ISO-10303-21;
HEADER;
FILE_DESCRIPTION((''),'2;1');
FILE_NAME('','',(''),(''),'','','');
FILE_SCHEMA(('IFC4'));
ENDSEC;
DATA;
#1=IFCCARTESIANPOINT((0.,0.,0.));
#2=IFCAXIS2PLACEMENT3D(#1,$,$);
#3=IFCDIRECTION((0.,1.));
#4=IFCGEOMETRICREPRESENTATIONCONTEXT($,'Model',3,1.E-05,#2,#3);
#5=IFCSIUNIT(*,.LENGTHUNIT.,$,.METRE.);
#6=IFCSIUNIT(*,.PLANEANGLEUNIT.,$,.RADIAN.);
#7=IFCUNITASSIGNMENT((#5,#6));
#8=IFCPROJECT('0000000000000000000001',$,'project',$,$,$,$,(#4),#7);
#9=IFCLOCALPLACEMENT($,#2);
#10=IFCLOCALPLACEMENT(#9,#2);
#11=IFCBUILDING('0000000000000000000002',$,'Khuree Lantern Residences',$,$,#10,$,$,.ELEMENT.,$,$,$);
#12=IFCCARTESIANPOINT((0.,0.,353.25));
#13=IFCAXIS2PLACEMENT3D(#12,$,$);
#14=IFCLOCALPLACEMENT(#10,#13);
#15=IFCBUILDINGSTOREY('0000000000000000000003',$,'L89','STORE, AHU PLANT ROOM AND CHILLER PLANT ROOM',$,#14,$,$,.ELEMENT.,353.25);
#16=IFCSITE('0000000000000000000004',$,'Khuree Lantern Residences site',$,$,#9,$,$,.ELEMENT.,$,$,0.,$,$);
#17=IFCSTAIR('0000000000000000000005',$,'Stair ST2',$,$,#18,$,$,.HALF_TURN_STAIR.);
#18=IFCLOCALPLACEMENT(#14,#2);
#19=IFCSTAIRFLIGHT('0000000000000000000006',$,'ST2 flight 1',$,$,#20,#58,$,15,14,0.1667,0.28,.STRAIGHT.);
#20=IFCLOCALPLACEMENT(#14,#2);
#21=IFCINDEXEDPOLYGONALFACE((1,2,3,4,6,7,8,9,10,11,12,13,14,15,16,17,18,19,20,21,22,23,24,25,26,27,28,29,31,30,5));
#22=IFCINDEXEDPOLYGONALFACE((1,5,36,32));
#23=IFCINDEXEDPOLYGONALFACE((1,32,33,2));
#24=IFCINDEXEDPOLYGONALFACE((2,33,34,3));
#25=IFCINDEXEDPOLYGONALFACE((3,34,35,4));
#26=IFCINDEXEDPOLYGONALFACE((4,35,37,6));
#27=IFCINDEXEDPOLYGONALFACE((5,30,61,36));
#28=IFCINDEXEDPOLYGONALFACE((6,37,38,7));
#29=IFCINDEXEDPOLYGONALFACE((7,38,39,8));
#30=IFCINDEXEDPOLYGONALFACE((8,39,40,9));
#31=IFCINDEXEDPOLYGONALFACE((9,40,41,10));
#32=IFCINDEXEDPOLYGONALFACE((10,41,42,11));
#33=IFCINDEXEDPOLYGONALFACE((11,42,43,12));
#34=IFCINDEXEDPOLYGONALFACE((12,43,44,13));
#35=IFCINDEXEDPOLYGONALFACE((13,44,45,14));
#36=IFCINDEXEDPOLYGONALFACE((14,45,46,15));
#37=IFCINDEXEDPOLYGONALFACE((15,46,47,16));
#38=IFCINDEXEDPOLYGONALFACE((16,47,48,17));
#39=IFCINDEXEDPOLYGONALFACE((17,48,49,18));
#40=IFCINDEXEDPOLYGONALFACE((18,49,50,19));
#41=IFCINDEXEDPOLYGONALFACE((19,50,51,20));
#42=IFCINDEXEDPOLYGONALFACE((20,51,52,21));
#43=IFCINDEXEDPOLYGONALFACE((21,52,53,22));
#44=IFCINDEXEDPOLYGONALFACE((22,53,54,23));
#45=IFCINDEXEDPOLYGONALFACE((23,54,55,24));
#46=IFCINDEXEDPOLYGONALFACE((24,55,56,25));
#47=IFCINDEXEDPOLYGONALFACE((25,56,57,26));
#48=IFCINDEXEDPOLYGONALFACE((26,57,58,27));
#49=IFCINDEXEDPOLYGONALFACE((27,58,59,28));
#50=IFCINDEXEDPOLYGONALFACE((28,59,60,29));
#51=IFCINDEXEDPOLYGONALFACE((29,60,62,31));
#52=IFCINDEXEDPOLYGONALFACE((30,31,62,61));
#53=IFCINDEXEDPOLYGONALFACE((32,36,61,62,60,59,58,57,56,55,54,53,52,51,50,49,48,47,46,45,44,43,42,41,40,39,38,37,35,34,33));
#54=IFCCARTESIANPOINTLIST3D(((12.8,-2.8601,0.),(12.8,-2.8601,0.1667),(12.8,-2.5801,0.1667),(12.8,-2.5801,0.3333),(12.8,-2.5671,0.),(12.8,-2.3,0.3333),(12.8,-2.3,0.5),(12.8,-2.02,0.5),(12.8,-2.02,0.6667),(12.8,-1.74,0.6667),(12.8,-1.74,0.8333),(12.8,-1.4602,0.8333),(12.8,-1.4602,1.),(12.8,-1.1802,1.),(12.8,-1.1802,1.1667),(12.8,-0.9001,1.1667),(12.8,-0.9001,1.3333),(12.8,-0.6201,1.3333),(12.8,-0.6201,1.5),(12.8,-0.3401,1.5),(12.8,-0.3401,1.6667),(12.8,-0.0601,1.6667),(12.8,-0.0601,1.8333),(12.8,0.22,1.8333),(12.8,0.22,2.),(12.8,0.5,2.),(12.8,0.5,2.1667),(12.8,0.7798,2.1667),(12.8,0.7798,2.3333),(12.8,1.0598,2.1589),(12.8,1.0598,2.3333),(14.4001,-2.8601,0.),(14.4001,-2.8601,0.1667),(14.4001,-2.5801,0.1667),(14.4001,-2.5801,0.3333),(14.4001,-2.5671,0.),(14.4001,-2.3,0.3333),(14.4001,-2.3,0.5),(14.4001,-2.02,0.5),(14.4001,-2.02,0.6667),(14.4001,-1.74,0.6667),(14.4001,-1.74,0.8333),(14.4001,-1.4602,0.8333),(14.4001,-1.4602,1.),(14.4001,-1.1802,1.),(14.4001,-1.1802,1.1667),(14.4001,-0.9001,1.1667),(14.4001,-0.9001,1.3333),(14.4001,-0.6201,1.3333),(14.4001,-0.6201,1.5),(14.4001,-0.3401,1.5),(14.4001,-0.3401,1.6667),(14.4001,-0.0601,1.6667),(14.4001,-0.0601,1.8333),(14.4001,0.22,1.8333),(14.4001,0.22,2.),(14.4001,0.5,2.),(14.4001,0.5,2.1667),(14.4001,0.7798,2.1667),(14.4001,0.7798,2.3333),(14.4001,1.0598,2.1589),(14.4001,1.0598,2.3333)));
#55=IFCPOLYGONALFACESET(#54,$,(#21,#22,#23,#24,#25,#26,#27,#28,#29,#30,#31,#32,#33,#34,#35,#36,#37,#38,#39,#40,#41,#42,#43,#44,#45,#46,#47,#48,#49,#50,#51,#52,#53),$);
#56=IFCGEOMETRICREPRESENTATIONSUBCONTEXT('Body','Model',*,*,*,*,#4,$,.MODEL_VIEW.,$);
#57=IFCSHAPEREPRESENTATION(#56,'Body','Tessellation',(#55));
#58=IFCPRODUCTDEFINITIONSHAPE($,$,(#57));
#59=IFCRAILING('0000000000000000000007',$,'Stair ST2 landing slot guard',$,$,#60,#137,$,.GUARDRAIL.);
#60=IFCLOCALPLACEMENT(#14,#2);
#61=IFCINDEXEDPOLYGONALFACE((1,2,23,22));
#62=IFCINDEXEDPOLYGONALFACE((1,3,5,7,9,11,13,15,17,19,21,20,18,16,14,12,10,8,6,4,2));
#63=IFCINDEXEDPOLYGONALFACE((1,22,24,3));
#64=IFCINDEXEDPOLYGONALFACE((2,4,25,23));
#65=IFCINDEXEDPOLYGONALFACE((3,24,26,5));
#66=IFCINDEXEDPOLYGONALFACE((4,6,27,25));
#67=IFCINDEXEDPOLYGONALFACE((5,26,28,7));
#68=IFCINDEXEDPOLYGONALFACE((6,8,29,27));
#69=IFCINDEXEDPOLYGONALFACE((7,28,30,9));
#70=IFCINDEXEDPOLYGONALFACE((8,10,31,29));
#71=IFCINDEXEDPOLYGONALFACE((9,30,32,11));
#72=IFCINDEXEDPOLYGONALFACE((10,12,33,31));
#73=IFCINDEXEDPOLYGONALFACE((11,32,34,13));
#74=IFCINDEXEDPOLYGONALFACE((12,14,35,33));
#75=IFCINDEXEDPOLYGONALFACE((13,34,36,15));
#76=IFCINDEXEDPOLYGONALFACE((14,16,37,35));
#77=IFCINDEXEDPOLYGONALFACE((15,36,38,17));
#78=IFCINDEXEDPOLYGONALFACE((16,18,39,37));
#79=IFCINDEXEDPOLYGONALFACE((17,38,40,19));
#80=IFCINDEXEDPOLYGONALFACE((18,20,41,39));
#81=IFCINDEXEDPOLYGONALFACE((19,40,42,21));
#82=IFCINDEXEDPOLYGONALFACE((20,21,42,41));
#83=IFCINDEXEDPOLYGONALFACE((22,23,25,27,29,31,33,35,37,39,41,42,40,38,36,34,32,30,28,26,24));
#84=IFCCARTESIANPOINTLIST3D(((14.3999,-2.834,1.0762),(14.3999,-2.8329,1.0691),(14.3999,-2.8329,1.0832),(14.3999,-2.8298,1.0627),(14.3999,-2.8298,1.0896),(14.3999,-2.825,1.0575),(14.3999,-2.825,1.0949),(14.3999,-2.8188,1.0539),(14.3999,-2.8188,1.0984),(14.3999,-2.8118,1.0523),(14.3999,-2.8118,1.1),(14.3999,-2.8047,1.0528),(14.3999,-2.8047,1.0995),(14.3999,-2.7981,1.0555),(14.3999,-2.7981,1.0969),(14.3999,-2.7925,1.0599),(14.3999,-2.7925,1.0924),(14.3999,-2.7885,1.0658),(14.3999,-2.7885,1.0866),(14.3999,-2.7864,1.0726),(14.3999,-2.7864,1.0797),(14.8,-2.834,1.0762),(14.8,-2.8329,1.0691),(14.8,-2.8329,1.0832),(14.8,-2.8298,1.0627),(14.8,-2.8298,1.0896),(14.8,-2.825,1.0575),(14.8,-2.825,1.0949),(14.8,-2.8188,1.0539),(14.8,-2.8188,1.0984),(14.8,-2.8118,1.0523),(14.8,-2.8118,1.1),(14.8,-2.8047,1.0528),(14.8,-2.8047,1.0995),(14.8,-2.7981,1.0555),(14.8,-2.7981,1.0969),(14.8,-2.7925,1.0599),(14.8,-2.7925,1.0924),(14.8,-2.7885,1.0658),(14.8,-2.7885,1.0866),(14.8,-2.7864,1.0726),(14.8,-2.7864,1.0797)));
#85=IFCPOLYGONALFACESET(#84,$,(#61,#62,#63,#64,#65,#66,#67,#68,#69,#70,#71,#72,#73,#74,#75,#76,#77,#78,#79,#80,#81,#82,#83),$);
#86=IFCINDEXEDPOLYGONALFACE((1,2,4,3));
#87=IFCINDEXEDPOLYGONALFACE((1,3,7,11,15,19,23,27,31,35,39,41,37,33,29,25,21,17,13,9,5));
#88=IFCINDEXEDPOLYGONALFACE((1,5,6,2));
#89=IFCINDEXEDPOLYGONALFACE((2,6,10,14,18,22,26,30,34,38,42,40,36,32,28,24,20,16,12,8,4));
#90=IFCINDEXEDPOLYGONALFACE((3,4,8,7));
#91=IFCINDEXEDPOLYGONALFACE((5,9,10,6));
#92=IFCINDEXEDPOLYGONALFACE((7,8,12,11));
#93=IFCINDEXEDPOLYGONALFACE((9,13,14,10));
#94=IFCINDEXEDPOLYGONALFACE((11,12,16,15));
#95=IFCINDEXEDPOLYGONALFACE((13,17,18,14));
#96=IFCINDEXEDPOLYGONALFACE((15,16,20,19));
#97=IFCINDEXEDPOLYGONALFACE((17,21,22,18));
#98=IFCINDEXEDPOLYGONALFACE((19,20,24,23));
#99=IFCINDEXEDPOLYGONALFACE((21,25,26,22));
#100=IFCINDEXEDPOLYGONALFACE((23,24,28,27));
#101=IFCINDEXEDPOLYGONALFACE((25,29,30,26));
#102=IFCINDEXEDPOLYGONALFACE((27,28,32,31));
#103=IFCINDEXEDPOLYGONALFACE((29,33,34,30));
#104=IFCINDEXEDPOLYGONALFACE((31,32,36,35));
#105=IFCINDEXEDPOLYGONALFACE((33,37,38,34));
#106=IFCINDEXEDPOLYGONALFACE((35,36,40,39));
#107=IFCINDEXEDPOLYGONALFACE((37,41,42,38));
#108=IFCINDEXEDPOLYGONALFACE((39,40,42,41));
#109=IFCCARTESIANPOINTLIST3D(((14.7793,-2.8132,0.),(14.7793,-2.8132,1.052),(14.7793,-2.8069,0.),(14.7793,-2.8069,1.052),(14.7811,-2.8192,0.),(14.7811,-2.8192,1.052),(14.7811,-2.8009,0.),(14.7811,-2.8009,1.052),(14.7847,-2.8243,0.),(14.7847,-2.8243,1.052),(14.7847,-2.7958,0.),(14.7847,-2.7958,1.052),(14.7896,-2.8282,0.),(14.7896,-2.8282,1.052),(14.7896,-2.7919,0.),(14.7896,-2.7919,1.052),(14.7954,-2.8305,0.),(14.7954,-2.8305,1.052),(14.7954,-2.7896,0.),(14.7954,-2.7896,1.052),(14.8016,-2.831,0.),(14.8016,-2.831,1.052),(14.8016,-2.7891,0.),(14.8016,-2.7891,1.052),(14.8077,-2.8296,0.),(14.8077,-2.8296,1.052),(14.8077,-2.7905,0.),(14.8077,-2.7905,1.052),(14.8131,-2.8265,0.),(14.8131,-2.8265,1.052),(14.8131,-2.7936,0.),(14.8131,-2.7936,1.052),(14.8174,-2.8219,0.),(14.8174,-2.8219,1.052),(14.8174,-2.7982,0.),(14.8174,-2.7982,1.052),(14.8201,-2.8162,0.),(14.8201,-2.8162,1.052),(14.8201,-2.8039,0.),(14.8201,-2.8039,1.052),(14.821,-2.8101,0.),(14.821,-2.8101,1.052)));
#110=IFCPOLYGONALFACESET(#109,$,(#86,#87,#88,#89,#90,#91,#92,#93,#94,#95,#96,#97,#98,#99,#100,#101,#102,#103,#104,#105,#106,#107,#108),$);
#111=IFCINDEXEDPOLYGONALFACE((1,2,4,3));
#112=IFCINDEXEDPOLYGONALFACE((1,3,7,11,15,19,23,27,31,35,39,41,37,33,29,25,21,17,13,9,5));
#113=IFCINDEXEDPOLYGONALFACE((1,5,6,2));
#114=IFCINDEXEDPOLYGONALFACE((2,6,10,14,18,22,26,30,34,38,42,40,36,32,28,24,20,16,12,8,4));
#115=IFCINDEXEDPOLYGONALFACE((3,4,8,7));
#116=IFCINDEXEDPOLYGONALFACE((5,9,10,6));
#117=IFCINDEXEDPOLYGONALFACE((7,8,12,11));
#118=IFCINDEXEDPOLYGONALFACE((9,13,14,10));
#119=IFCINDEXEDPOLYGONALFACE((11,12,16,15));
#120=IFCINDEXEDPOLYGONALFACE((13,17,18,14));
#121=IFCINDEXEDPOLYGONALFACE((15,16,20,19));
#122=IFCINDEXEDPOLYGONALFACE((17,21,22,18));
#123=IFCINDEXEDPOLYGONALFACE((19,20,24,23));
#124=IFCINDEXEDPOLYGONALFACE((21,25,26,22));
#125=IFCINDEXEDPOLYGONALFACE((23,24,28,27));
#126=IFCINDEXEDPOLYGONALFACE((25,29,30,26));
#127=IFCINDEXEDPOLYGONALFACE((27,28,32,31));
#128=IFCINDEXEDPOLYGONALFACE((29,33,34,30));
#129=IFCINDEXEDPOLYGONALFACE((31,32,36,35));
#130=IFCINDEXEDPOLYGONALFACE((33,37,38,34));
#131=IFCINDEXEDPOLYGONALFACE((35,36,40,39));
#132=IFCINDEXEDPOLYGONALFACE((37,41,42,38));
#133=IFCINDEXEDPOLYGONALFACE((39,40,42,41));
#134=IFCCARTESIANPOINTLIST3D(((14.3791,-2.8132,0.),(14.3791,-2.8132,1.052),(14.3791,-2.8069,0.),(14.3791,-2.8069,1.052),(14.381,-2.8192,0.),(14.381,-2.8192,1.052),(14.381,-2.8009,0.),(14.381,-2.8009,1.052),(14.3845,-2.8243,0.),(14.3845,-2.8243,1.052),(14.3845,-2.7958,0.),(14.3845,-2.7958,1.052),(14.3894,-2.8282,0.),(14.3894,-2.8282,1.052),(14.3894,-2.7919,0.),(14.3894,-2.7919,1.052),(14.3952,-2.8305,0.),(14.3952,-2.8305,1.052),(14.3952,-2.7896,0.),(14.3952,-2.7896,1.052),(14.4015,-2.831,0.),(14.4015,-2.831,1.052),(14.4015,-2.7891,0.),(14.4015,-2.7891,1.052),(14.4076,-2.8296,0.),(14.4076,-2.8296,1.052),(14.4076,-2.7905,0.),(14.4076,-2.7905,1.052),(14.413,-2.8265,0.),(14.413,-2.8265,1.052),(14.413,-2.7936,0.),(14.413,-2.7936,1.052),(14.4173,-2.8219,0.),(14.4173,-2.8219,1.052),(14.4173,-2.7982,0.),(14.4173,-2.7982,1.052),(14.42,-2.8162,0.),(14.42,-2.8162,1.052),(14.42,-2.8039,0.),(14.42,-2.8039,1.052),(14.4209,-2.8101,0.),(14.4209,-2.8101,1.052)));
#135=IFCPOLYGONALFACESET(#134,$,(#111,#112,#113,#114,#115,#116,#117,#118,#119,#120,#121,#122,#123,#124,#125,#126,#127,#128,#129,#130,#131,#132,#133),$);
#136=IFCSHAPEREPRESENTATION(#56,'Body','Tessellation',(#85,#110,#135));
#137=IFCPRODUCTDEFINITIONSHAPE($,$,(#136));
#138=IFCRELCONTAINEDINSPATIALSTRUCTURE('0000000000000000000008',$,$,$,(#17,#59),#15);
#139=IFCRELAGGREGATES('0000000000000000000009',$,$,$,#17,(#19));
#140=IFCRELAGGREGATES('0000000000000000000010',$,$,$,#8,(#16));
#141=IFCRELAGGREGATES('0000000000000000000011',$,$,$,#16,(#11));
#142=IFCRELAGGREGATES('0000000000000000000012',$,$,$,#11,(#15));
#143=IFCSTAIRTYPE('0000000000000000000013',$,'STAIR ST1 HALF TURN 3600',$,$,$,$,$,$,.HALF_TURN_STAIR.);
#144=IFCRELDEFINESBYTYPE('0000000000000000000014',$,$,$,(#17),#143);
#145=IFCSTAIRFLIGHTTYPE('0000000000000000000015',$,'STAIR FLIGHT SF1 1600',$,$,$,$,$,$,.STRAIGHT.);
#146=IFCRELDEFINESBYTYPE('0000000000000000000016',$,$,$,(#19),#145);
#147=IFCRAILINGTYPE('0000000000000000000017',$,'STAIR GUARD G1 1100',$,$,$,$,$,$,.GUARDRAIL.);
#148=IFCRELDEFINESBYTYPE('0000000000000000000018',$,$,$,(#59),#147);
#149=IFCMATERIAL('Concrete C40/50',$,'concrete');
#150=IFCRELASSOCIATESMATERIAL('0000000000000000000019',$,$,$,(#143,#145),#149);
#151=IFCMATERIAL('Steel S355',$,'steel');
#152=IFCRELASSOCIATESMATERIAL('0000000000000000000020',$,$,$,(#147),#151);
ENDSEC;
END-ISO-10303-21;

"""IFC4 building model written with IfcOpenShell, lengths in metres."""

from ifc_helpers import new_model, si_unit, direction, frame, origin, origin_2d, place, context, subcontext, project, spatial, polyline, circle, outline, extrude, material, type_object, element, aggregate, save


model = new_model("IFC4")

# Units and contexts
model_context = context("Model", 3, precision=1e-05, world=origin(), true_north=direction((0.0, 1.0)))
body_context = subcontext(model_context, "Body", "Model", "MODEL_VIEW")
ifc_project = project(units=[si_unit("LENGTHUNIT", "METRE"), si_unit("PLANEANGLEUNIT", "RADIAN")], contexts=[model_context])

# Site, building, storey
site_placement = place(None, origin())
site = spatial("IfcSite", under=ifc_project, at=site_placement, Name="Khuree Lantern Residences site", CompositionType="ELEMENT", RefElevation=0.0)
building_placement = place(site_placement, origin())
building = spatial("IfcBuilding", under=site, at=building_placement, Name="Khuree Lantern Residences", CompositionType="ELEMENT")
storey_placement = place(building_placement, frame((0.0, 0.0, 353.25)))
storey = spatial("IfcBuildingStorey", under=building, at=storey_placement, Name="L89", Description="STORE, AHU PLANT ROOM AND CHILLER PLANT ROOM", CompositionType="ELEMENT", Elevation=353.25)

# Shared definitions
ifc_material_1 = material(Name="Steel S355", Category="steel")

# Shared definitions
ifc_material_2 = material(Name="Concrete C40/50", Category="concrete")
stair_type = type_object("IfcStairType", Name="STAIR ST1 HALF TURN 3600", PredefinedType="HALF_TURN_STAIR", material=ifc_material_2)

# Stair
stair_1_placement = place(storey_placement, origin())
stair_1 = element("IfcStair", 1, at=stair_1_placement, inside=storey, type_object=stair_type, Name="Stair ST2", PredefinedType="HALF_TURN_STAIR")

# Stair flight
stair_flight_type = type_object("IfcStairFlightType", Name="STAIR FLIGHT SF1 1600", PredefinedType="STRAIGHT", material=ifc_material_2)
stair_flight_placement = place(storey_placement, frame((13.6001, -2.8601, 0.0), z_axis=(0.0, 0.0, 1.0), x_axis=(0.0, 1.0, 0.0)))
stair_flight = element("IfcStairFlight", 2, at=stair_flight_placement, type_object=stair_flight_type, Name="ST2 flight 1", NumberOfRisers=15, NumberOfTreads=14, PredefinedType="STRAIGHT", RiserHeight=0.1667, TreadLength=0.28, context=body_context, shape_type="SweptSolid", body=[
    extrude(outline(polyline([(0.0, 0.0), (0.0, 0.1667), (0.28, 0.1667), (0.28, 0.3333), (0.5601, 0.3333), (0.5601, 0.5), (0.8401, 0.5), (0.8401, 0.6667), (1.1201, 0.6667), (1.1201, 0.8333), (1.3999, 0.8333), (1.3999, 1.0), (1.6799, 1.0), (1.6799, 1.1667), (1.96, 1.1667), (1.96, 1.3333), (2.24, 1.3333), (2.24, 1.5), (2.52, 1.5), (2.52, 1.6667), (2.8, 1.6667), (2.8, 1.8333), (3.0801, 1.8333), (3.0801, 2.0), (3.3601, 2.0), (3.3601, 2.1667), (3.6399, 2.1667), (3.6399, 2.3333), (3.9199, 2.3333), (3.9199, 2.5), (3.9199, 2.1589), (0.293, 0.0), (0.0, 0.0)])), frame((0.0, 0.8, 0.0), z_axis=(0.0, -1.0, 0.0), x_axis=(1.0, 0.0, 0.0)), (0.0, 0.0, 1.0), 1.6001),
])
aggregate(stair_1, [stair_flight])

# Railing
railing_type_1 = type_object("IfcRailingType", Name="STAIR GUARD G1 1100", PredefinedType="GUARDRAIL", material=ifc_material_1)
railing_1_placement = place(storey_placement, frame((14.8, -2.8101, 0.0)))
element("IfcRailing", 3, at=railing_1_placement, inside=storey, type_object=railing_type_1, Name="Stair ST2 landing slot guard", PredefinedType="GUARDRAIL", context=body_context, shape_type="SweptSolid", body=[
    extrude(circle(Radius=0.0239, at=origin_2d()), frame((0.0, 0.0, 1.0762), z_axis=(-1.0, 0.0, 0.0), x_axis=(0.0, -1.0, 0.0)), (0.0, 0.0, 1.0), 0.4001),
    extrude(circle(Radius=0.021, at=origin_2d()), origin(), (0.0, 0.0, 1.0), 1.052),
    extrude(circle(Radius=0.021, at=origin_2d()), frame((-0.4001, 0.0, 0.0)), (0.0, 0.0, 1.0), 1.052),
])

save(model, "model.ifc")
